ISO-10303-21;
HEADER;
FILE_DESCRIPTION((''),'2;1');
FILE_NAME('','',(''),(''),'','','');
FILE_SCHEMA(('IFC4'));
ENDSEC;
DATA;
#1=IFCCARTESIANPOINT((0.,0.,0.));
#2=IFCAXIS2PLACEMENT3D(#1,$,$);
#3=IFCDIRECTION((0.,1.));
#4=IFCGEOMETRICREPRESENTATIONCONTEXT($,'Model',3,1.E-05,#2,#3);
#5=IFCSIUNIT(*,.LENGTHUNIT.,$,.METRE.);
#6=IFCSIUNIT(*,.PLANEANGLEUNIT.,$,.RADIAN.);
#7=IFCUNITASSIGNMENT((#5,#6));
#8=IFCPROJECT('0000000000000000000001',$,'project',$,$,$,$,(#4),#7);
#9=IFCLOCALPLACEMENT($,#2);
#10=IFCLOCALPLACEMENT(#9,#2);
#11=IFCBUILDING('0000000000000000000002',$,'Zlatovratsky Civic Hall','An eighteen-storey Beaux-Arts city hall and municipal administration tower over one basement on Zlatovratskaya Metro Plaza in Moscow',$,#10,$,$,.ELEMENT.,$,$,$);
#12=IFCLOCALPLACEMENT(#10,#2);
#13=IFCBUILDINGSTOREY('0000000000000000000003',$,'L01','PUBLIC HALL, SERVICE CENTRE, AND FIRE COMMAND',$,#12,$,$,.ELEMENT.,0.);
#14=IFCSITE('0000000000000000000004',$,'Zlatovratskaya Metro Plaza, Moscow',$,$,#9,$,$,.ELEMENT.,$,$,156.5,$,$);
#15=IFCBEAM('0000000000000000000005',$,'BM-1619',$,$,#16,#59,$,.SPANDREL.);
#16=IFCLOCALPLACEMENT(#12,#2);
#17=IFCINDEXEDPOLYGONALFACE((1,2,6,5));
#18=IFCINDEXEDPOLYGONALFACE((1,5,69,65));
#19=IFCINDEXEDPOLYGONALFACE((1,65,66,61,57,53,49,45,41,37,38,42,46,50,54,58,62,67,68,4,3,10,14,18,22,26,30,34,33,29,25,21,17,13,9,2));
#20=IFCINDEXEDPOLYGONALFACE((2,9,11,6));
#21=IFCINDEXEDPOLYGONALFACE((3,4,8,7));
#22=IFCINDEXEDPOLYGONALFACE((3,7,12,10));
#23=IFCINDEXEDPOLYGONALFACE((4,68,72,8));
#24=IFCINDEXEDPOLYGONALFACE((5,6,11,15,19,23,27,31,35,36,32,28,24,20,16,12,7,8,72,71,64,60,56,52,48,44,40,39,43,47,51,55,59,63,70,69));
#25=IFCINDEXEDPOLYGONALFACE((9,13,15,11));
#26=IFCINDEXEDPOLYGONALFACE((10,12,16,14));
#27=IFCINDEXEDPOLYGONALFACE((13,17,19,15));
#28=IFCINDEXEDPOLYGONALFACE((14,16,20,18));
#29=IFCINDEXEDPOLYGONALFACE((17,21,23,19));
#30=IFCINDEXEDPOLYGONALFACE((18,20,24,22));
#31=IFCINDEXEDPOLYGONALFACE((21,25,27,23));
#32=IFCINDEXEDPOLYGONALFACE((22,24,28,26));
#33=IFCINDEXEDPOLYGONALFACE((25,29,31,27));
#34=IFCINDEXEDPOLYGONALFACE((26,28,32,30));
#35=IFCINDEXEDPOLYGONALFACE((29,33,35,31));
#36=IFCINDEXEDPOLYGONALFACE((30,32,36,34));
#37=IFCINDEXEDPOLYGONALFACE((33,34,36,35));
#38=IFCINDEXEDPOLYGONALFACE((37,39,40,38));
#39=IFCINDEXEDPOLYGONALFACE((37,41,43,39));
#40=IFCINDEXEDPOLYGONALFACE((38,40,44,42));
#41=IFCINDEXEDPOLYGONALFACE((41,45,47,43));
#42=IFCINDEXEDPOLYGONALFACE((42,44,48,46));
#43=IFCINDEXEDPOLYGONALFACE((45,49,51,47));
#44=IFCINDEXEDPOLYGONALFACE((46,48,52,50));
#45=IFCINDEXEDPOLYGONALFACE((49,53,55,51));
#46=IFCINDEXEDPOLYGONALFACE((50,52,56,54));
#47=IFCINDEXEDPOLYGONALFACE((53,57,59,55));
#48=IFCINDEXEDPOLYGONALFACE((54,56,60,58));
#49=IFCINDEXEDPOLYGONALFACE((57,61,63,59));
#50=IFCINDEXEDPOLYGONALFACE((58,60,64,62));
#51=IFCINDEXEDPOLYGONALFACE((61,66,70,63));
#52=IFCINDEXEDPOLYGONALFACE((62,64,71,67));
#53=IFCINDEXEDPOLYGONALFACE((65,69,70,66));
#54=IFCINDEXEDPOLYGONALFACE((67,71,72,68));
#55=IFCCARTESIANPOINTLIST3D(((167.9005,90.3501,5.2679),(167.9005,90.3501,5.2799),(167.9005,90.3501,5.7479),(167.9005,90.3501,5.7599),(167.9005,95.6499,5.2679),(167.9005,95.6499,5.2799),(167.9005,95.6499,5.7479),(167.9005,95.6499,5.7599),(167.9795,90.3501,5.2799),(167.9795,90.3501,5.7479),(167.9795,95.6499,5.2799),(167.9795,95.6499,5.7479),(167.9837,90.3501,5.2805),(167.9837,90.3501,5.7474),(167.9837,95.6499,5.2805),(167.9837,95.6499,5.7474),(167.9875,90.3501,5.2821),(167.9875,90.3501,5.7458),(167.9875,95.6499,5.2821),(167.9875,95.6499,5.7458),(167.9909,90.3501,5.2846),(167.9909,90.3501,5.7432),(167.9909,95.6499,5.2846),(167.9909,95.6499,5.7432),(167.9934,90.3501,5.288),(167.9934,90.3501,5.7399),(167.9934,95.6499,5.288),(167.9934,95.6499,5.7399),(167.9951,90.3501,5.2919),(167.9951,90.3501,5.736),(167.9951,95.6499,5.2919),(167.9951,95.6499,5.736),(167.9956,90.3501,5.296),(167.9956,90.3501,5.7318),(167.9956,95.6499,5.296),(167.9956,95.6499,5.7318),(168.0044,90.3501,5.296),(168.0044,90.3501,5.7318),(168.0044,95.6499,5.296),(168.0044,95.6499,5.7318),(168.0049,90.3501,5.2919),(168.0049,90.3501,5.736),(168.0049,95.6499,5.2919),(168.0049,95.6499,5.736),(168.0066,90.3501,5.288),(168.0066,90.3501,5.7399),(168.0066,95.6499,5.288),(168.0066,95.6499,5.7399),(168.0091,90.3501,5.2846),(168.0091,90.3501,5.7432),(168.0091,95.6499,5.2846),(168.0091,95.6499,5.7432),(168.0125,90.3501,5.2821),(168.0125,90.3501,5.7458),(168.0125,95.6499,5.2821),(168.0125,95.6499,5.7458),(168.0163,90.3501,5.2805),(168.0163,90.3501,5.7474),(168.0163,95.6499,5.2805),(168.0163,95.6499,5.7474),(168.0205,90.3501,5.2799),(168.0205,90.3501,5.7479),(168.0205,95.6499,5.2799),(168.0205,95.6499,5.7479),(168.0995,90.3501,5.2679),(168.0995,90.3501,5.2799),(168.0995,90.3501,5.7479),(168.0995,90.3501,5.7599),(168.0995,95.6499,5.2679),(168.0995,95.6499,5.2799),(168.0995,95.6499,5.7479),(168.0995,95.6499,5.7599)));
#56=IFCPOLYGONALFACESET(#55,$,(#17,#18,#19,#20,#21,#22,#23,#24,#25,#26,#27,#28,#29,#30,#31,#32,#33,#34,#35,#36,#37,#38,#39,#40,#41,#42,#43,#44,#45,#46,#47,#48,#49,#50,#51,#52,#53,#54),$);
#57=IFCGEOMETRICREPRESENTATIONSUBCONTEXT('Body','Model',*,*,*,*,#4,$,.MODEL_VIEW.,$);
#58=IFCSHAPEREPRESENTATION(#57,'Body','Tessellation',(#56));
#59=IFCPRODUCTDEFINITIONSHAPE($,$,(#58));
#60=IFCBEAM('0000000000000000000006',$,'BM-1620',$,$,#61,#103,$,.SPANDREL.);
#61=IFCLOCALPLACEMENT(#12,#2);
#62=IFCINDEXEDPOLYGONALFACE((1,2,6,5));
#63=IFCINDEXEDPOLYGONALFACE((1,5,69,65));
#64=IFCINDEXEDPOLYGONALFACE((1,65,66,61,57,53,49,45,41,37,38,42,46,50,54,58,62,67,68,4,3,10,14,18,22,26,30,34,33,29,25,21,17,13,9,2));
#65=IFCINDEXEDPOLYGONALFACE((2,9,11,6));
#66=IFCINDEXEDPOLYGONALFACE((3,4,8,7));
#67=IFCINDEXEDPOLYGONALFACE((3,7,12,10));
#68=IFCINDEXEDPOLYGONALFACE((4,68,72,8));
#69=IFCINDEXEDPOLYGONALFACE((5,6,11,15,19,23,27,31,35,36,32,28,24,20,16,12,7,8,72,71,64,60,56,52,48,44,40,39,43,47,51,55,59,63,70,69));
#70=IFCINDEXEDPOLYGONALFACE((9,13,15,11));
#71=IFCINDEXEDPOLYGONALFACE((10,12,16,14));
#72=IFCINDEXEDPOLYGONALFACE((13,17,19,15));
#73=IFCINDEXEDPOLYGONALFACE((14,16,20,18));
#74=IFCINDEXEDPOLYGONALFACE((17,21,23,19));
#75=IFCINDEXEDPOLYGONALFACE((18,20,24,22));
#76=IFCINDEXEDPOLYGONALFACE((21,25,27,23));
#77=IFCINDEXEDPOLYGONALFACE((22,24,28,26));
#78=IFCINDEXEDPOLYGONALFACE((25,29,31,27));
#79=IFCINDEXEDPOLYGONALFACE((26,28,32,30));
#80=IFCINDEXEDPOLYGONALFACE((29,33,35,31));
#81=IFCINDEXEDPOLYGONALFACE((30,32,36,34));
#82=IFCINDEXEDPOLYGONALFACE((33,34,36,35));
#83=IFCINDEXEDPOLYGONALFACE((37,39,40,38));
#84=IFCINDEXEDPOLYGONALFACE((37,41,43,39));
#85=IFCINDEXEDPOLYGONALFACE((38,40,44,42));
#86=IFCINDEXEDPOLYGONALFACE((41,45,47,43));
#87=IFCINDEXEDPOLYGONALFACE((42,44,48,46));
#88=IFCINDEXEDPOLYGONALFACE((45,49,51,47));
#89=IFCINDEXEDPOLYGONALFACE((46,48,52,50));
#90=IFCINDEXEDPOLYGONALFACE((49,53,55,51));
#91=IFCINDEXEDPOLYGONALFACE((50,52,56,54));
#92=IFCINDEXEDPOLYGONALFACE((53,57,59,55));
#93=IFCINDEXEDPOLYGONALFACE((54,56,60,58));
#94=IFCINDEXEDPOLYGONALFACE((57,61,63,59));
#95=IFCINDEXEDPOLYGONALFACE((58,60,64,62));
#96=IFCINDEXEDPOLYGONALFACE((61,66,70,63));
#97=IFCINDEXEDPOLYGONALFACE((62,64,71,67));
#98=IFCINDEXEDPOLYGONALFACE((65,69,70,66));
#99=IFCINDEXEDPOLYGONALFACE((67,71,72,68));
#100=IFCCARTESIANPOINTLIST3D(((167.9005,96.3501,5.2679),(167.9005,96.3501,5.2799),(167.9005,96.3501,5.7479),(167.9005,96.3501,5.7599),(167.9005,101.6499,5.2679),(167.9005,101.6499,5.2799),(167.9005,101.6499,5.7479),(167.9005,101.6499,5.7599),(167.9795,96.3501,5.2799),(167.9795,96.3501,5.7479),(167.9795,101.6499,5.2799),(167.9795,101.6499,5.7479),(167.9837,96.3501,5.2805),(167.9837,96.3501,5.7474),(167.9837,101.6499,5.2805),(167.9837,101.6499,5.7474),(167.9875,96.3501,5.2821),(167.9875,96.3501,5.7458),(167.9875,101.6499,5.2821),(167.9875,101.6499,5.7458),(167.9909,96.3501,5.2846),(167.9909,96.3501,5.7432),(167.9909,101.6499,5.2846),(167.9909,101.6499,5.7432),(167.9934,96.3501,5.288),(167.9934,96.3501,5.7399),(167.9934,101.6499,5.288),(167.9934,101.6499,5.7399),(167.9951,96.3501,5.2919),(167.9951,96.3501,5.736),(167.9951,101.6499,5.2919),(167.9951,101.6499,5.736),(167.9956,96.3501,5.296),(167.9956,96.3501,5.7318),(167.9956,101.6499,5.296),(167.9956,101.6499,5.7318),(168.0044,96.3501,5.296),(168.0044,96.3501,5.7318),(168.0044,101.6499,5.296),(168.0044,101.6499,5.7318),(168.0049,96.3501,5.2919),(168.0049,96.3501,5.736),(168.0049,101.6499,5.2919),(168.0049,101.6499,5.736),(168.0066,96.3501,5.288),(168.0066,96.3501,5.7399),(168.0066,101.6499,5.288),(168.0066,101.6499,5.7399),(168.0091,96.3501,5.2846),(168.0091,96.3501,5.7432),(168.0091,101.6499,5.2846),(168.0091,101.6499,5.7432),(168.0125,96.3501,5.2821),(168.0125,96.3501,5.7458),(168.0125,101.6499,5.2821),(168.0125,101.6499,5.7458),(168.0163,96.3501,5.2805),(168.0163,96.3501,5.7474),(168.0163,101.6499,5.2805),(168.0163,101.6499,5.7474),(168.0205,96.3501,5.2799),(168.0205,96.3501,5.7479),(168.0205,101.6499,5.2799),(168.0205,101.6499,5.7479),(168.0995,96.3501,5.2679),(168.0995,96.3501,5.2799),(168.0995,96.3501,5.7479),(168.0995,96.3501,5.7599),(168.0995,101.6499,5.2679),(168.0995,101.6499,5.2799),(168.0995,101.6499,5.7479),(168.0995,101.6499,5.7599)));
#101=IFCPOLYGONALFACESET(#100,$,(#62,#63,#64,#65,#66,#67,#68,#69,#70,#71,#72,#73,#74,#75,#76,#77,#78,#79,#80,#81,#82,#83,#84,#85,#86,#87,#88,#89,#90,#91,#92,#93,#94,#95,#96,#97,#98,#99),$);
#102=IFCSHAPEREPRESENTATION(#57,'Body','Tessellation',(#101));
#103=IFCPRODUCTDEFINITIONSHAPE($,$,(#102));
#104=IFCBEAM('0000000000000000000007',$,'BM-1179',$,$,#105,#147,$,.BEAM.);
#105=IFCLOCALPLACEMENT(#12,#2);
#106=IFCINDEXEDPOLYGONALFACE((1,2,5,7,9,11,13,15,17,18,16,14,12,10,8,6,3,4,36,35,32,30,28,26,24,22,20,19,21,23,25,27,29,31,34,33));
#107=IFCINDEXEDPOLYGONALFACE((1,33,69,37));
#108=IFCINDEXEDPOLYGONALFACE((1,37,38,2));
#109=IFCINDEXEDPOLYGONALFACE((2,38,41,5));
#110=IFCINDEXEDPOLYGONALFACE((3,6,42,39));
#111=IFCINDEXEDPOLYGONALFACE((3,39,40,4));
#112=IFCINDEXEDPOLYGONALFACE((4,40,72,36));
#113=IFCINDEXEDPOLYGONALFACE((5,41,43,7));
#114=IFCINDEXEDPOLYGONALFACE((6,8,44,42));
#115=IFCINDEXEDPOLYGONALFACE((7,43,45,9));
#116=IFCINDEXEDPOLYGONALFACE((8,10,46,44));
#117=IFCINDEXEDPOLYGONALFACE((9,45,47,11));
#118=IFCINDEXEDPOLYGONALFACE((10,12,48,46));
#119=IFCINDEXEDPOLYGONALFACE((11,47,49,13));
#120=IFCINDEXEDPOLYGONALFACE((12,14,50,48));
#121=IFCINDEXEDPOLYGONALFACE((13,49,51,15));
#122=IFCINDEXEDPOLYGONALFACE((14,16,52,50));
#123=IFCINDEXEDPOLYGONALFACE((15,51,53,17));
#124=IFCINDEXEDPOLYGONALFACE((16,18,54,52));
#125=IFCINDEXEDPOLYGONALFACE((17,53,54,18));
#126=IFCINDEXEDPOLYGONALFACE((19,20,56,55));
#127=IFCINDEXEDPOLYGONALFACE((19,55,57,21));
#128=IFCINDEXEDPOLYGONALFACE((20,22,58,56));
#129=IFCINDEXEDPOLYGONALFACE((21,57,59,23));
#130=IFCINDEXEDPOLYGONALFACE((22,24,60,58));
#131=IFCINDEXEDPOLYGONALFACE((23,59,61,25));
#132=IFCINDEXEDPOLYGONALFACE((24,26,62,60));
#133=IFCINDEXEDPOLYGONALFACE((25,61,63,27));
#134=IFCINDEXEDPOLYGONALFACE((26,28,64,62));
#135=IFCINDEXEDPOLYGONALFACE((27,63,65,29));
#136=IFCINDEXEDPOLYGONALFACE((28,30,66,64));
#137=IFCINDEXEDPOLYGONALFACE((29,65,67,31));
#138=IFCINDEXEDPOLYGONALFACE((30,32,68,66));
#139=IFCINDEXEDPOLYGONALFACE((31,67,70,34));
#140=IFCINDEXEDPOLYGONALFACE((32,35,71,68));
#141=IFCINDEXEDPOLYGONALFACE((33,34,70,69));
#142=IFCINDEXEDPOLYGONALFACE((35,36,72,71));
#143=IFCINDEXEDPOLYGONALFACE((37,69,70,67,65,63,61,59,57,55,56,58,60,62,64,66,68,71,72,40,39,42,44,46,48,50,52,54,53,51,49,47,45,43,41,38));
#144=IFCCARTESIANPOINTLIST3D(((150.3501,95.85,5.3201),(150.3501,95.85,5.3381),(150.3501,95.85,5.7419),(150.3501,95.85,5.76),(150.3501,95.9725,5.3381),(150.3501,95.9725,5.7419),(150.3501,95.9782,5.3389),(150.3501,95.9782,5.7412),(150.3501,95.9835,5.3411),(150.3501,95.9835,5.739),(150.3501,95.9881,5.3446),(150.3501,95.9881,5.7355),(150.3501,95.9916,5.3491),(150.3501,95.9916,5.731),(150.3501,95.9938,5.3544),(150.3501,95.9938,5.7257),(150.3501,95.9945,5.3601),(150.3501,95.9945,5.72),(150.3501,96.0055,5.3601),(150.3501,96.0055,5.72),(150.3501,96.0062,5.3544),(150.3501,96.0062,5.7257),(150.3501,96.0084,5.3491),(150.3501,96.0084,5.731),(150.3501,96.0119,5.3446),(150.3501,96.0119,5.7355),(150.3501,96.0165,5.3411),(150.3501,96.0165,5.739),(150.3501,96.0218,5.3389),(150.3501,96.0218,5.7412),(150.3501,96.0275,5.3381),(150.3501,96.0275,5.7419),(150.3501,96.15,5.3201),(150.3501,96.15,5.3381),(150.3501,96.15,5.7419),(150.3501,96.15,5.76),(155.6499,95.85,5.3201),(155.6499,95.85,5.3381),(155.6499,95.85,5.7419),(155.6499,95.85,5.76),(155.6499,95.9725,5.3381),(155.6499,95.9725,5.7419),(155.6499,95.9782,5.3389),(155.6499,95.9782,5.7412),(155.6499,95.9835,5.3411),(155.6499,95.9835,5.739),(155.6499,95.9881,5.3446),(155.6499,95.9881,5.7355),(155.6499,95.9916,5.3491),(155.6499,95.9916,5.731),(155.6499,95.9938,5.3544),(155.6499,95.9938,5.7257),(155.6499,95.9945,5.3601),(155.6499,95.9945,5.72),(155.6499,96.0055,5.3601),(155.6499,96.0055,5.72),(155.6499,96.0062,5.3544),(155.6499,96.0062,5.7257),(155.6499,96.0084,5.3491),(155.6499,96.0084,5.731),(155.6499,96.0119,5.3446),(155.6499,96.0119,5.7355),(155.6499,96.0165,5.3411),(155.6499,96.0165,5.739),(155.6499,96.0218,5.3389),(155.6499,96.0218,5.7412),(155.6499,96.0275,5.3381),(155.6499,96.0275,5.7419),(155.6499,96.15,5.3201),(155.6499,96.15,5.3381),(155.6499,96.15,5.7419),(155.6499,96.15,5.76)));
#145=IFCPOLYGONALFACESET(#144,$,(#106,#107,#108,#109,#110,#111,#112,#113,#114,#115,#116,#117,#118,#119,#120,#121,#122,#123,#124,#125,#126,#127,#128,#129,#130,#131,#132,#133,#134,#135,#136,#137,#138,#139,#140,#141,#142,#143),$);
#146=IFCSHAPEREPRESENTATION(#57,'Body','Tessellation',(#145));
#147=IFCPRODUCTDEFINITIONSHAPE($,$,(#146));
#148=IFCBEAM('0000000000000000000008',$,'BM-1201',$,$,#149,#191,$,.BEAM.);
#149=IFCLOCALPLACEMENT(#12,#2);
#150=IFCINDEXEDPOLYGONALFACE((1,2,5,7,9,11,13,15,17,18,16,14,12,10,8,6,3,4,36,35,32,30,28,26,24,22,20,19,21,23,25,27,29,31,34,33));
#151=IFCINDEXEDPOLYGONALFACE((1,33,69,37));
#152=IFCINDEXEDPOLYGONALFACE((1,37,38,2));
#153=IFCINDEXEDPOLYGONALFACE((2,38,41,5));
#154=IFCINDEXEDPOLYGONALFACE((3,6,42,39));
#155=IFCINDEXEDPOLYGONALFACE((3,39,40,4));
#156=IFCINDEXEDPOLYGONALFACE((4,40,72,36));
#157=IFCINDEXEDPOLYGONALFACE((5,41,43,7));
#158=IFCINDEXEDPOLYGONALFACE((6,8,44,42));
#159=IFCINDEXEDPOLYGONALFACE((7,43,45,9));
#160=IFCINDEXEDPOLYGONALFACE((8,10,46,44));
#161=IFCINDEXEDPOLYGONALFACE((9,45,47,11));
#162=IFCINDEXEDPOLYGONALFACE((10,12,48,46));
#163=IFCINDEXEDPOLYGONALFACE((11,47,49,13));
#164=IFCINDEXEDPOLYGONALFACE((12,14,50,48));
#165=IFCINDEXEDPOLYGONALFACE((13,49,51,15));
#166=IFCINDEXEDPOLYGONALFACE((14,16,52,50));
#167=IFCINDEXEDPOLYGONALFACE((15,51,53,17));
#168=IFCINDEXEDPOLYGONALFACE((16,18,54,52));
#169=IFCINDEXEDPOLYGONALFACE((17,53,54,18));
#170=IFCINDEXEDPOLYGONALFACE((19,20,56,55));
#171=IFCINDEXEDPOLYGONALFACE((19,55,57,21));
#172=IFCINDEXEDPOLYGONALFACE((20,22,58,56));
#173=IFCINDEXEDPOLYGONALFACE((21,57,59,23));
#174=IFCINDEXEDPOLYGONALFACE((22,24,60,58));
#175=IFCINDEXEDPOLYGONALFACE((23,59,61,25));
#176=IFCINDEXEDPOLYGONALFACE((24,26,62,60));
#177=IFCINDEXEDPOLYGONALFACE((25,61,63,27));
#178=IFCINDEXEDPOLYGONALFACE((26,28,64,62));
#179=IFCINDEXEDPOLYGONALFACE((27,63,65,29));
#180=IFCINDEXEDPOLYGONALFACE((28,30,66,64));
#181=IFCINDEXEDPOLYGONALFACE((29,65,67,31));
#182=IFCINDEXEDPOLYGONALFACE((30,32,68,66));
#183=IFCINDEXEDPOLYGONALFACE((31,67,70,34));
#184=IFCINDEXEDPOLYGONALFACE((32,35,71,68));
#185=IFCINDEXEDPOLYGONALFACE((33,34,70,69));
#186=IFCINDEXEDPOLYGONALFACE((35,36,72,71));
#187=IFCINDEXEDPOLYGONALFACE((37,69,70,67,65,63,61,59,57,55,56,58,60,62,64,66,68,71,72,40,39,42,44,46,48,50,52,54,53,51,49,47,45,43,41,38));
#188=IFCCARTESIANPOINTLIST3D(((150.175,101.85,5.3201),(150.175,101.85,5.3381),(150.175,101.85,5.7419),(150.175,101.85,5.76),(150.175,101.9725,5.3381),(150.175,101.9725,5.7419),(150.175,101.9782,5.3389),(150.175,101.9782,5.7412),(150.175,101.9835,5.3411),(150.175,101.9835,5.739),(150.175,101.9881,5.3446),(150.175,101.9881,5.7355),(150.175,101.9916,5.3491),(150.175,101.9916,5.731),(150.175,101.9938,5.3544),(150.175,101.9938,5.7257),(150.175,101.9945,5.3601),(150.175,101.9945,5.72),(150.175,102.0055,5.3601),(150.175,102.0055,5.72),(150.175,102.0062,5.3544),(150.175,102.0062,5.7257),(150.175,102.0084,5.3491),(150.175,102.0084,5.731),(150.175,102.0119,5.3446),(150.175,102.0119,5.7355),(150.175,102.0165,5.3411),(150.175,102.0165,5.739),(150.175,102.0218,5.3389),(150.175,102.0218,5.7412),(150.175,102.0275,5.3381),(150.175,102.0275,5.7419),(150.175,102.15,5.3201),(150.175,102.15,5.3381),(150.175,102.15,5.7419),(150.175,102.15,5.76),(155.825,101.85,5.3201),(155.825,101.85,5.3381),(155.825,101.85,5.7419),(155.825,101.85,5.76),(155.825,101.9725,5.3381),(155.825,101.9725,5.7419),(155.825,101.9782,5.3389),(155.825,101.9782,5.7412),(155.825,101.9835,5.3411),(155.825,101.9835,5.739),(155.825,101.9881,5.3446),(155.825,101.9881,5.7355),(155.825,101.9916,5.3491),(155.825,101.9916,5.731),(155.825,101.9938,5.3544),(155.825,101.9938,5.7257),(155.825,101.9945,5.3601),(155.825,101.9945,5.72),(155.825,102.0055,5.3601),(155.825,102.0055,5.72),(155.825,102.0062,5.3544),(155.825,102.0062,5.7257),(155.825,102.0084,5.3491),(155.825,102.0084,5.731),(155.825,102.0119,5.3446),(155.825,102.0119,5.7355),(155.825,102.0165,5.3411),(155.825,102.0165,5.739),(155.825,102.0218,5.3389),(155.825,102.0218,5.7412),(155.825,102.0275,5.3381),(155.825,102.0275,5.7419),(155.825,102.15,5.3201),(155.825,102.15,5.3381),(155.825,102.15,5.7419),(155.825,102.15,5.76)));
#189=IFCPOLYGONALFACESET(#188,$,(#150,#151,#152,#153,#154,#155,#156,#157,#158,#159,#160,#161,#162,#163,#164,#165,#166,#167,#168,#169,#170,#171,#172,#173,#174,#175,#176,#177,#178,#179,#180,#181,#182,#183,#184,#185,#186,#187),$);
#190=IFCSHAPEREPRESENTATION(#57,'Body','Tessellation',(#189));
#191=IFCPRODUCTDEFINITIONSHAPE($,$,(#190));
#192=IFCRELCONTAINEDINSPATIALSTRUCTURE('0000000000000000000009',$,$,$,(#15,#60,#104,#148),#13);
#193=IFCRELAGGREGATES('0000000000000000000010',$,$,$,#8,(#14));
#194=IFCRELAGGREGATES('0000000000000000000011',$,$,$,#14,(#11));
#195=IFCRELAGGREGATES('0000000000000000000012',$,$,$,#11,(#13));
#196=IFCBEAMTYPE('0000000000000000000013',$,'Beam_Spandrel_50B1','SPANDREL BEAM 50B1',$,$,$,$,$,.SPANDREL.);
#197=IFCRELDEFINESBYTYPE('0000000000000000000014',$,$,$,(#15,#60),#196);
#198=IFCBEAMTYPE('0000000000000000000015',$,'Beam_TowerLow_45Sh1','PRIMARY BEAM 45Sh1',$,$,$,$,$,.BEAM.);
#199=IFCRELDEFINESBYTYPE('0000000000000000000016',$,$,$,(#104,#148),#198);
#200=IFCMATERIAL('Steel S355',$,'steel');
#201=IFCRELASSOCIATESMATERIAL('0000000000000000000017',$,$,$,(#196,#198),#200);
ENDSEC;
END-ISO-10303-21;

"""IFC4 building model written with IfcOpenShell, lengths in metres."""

from ifc_helpers import new_model, si_unit, direction, frame, origin, origin_2d, place, context, subcontext, project, spatial, i_section, extrude, material, material_profile, profile_set, type_object, element, save


model = new_model("IFC4")

# Units and contexts
model_context = context("Model", 3, precision=1e-05, world=origin(), true_north=direction((0.0, 1.0)))
body_context = subcontext(model_context, "Body", "Model", "MODEL_VIEW")
ifc_project = project(units=[si_unit("LENGTHUNIT", "METRE"), si_unit("PLANEANGLEUNIT", "RADIAN")], contexts=[model_context])

# Site, building, storey
site_placement = place(None, origin())
site = spatial("IfcSite", under=ifc_project, at=site_placement, Name="Zlatovratskaya Metro Plaza, Moscow", CompositionType="ELEMENT", RefElevation=156.5)
building_placement = place(site_placement, origin())
building = spatial("IfcBuilding", under=site, at=building_placement, Name="Zlatovratsky Civic Hall", Description="An eighteen-storey Beaux-Arts city hall and municipal administration tower over one basement on Zlatovratskaya Metro Plaza in Moscow", CompositionType="ELEMENT")
storey_placement = place(building_placement, origin())
storey = spatial("IfcBuildingStorey", under=building, at=storey_placement, Name="L01", Description="PUBLIC HALL, SERVICE CENTRE, AND FIRE COMMAND", CompositionType="ELEMENT", Elevation=0.0)

# Shared definitions
ifc_material_1 = material(Name="Steel S355", Category="steel")

# Beams
ifc_material_profile_1 = material_profile(ifc_material_1, i_section(OverallWidth=0.199, OverallDepth=0.4919, WebThickness=0.0088, FlangeThickness=0.012, FilletRadius=0.0161, at=origin_2d()), Name="50B1")
ifc_profile_set_1 = profile_set([ifc_material_profile_1], Name="Steel S355")
beam_type_1 = type_object("IfcBeamType", Name="Beam_Spandrel_50B1", Description="SPANDREL BEAM 50B1", PredefinedType="SPANDREL", material=ifc_profile_set_1)
for number, where, z_axis, x_axis, name in (
    (1, (168.0, 90.3501, 5.5139), (0.0, 1.0, 0.0), (-1.0, 0.0, 0.0), "BM-1619"),
    (2, (168.0, 96.3501, 5.5139), (0.0, 1.0, 0.0), (-1.0, 0.0, 0.0), "BM-1620"),
):
    element("IfcBeam", number, at=place(storey_placement, frame(where, z_axis=z_axis, x_axis=x_axis)), inside=storey, type_object=beam_type_1, Name=name, PredefinedType="SPANDREL", context=body_context, shape_type="SweptSolid", body=[
        extrude(i_section(OverallWidth=0.199, OverallDepth=0.4919, WebThickness=0.0088, FlangeThickness=0.012, FilletRadius=0.0161, at=origin_2d()), origin(), (0.0, 0.0, 1.0), 5.2998),
    ])
ifc_material_profile_2 = material_profile(ifc_material_1, i_section(OverallWidth=0.3, OverallDepth=0.4399, WebThickness=0.011, FlangeThickness=0.0181, FilletRadius=0.022, at=origin_2d()), Name="45Sh1")
ifc_profile_set_2 = profile_set([ifc_material_profile_2], Name="Steel S355")
beam_type_2 = type_object("IfcBeamType", Name="Beam_TowerLow_45Sh1", Description="PRIMARY BEAM 45Sh1", PredefinedType="BEAM", material=ifc_profile_set_2)
beam_1_placement = place(storey_placement, frame((150.3501, 96.0, 5.54), z_axis=(1.0, 0.0, 0.0), x_axis=(0.0, 1.0, 0.0)))
element("IfcBeam", 3, at=beam_1_placement, inside=storey, type_object=beam_type_2, Name="BM-1179", PredefinedType="BEAM", context=body_context, shape_type="SweptSolid", body=[
    extrude(i_section(OverallWidth=0.3, OverallDepth=0.4399, WebThickness=0.011, FlangeThickness=0.0181, FilletRadius=0.022, at=origin_2d()), origin(), (0.0, 0.0, 1.0), 5.2998),
])
beam_2_placement = place(storey_placement, frame((150.175, 102.0, 5.54), z_axis=(1.0, 0.0, 0.0), x_axis=(0.0, 1.0, 0.0)))
element("IfcBeam", 4, at=beam_2_placement, inside=storey, type_object=beam_type_2, Name="BM-1201", PredefinedType="BEAM", context=body_context, shape_type="SweptSolid", body=[
    extrude(i_section(OverallWidth=0.3, OverallDepth=0.4399, WebThickness=0.011, FlangeThickness=0.0181, FilletRadius=0.022, at=origin_2d()), origin(), (0.0, 0.0, 1.0), 5.6499),
])

save(model, "model.ifc")
